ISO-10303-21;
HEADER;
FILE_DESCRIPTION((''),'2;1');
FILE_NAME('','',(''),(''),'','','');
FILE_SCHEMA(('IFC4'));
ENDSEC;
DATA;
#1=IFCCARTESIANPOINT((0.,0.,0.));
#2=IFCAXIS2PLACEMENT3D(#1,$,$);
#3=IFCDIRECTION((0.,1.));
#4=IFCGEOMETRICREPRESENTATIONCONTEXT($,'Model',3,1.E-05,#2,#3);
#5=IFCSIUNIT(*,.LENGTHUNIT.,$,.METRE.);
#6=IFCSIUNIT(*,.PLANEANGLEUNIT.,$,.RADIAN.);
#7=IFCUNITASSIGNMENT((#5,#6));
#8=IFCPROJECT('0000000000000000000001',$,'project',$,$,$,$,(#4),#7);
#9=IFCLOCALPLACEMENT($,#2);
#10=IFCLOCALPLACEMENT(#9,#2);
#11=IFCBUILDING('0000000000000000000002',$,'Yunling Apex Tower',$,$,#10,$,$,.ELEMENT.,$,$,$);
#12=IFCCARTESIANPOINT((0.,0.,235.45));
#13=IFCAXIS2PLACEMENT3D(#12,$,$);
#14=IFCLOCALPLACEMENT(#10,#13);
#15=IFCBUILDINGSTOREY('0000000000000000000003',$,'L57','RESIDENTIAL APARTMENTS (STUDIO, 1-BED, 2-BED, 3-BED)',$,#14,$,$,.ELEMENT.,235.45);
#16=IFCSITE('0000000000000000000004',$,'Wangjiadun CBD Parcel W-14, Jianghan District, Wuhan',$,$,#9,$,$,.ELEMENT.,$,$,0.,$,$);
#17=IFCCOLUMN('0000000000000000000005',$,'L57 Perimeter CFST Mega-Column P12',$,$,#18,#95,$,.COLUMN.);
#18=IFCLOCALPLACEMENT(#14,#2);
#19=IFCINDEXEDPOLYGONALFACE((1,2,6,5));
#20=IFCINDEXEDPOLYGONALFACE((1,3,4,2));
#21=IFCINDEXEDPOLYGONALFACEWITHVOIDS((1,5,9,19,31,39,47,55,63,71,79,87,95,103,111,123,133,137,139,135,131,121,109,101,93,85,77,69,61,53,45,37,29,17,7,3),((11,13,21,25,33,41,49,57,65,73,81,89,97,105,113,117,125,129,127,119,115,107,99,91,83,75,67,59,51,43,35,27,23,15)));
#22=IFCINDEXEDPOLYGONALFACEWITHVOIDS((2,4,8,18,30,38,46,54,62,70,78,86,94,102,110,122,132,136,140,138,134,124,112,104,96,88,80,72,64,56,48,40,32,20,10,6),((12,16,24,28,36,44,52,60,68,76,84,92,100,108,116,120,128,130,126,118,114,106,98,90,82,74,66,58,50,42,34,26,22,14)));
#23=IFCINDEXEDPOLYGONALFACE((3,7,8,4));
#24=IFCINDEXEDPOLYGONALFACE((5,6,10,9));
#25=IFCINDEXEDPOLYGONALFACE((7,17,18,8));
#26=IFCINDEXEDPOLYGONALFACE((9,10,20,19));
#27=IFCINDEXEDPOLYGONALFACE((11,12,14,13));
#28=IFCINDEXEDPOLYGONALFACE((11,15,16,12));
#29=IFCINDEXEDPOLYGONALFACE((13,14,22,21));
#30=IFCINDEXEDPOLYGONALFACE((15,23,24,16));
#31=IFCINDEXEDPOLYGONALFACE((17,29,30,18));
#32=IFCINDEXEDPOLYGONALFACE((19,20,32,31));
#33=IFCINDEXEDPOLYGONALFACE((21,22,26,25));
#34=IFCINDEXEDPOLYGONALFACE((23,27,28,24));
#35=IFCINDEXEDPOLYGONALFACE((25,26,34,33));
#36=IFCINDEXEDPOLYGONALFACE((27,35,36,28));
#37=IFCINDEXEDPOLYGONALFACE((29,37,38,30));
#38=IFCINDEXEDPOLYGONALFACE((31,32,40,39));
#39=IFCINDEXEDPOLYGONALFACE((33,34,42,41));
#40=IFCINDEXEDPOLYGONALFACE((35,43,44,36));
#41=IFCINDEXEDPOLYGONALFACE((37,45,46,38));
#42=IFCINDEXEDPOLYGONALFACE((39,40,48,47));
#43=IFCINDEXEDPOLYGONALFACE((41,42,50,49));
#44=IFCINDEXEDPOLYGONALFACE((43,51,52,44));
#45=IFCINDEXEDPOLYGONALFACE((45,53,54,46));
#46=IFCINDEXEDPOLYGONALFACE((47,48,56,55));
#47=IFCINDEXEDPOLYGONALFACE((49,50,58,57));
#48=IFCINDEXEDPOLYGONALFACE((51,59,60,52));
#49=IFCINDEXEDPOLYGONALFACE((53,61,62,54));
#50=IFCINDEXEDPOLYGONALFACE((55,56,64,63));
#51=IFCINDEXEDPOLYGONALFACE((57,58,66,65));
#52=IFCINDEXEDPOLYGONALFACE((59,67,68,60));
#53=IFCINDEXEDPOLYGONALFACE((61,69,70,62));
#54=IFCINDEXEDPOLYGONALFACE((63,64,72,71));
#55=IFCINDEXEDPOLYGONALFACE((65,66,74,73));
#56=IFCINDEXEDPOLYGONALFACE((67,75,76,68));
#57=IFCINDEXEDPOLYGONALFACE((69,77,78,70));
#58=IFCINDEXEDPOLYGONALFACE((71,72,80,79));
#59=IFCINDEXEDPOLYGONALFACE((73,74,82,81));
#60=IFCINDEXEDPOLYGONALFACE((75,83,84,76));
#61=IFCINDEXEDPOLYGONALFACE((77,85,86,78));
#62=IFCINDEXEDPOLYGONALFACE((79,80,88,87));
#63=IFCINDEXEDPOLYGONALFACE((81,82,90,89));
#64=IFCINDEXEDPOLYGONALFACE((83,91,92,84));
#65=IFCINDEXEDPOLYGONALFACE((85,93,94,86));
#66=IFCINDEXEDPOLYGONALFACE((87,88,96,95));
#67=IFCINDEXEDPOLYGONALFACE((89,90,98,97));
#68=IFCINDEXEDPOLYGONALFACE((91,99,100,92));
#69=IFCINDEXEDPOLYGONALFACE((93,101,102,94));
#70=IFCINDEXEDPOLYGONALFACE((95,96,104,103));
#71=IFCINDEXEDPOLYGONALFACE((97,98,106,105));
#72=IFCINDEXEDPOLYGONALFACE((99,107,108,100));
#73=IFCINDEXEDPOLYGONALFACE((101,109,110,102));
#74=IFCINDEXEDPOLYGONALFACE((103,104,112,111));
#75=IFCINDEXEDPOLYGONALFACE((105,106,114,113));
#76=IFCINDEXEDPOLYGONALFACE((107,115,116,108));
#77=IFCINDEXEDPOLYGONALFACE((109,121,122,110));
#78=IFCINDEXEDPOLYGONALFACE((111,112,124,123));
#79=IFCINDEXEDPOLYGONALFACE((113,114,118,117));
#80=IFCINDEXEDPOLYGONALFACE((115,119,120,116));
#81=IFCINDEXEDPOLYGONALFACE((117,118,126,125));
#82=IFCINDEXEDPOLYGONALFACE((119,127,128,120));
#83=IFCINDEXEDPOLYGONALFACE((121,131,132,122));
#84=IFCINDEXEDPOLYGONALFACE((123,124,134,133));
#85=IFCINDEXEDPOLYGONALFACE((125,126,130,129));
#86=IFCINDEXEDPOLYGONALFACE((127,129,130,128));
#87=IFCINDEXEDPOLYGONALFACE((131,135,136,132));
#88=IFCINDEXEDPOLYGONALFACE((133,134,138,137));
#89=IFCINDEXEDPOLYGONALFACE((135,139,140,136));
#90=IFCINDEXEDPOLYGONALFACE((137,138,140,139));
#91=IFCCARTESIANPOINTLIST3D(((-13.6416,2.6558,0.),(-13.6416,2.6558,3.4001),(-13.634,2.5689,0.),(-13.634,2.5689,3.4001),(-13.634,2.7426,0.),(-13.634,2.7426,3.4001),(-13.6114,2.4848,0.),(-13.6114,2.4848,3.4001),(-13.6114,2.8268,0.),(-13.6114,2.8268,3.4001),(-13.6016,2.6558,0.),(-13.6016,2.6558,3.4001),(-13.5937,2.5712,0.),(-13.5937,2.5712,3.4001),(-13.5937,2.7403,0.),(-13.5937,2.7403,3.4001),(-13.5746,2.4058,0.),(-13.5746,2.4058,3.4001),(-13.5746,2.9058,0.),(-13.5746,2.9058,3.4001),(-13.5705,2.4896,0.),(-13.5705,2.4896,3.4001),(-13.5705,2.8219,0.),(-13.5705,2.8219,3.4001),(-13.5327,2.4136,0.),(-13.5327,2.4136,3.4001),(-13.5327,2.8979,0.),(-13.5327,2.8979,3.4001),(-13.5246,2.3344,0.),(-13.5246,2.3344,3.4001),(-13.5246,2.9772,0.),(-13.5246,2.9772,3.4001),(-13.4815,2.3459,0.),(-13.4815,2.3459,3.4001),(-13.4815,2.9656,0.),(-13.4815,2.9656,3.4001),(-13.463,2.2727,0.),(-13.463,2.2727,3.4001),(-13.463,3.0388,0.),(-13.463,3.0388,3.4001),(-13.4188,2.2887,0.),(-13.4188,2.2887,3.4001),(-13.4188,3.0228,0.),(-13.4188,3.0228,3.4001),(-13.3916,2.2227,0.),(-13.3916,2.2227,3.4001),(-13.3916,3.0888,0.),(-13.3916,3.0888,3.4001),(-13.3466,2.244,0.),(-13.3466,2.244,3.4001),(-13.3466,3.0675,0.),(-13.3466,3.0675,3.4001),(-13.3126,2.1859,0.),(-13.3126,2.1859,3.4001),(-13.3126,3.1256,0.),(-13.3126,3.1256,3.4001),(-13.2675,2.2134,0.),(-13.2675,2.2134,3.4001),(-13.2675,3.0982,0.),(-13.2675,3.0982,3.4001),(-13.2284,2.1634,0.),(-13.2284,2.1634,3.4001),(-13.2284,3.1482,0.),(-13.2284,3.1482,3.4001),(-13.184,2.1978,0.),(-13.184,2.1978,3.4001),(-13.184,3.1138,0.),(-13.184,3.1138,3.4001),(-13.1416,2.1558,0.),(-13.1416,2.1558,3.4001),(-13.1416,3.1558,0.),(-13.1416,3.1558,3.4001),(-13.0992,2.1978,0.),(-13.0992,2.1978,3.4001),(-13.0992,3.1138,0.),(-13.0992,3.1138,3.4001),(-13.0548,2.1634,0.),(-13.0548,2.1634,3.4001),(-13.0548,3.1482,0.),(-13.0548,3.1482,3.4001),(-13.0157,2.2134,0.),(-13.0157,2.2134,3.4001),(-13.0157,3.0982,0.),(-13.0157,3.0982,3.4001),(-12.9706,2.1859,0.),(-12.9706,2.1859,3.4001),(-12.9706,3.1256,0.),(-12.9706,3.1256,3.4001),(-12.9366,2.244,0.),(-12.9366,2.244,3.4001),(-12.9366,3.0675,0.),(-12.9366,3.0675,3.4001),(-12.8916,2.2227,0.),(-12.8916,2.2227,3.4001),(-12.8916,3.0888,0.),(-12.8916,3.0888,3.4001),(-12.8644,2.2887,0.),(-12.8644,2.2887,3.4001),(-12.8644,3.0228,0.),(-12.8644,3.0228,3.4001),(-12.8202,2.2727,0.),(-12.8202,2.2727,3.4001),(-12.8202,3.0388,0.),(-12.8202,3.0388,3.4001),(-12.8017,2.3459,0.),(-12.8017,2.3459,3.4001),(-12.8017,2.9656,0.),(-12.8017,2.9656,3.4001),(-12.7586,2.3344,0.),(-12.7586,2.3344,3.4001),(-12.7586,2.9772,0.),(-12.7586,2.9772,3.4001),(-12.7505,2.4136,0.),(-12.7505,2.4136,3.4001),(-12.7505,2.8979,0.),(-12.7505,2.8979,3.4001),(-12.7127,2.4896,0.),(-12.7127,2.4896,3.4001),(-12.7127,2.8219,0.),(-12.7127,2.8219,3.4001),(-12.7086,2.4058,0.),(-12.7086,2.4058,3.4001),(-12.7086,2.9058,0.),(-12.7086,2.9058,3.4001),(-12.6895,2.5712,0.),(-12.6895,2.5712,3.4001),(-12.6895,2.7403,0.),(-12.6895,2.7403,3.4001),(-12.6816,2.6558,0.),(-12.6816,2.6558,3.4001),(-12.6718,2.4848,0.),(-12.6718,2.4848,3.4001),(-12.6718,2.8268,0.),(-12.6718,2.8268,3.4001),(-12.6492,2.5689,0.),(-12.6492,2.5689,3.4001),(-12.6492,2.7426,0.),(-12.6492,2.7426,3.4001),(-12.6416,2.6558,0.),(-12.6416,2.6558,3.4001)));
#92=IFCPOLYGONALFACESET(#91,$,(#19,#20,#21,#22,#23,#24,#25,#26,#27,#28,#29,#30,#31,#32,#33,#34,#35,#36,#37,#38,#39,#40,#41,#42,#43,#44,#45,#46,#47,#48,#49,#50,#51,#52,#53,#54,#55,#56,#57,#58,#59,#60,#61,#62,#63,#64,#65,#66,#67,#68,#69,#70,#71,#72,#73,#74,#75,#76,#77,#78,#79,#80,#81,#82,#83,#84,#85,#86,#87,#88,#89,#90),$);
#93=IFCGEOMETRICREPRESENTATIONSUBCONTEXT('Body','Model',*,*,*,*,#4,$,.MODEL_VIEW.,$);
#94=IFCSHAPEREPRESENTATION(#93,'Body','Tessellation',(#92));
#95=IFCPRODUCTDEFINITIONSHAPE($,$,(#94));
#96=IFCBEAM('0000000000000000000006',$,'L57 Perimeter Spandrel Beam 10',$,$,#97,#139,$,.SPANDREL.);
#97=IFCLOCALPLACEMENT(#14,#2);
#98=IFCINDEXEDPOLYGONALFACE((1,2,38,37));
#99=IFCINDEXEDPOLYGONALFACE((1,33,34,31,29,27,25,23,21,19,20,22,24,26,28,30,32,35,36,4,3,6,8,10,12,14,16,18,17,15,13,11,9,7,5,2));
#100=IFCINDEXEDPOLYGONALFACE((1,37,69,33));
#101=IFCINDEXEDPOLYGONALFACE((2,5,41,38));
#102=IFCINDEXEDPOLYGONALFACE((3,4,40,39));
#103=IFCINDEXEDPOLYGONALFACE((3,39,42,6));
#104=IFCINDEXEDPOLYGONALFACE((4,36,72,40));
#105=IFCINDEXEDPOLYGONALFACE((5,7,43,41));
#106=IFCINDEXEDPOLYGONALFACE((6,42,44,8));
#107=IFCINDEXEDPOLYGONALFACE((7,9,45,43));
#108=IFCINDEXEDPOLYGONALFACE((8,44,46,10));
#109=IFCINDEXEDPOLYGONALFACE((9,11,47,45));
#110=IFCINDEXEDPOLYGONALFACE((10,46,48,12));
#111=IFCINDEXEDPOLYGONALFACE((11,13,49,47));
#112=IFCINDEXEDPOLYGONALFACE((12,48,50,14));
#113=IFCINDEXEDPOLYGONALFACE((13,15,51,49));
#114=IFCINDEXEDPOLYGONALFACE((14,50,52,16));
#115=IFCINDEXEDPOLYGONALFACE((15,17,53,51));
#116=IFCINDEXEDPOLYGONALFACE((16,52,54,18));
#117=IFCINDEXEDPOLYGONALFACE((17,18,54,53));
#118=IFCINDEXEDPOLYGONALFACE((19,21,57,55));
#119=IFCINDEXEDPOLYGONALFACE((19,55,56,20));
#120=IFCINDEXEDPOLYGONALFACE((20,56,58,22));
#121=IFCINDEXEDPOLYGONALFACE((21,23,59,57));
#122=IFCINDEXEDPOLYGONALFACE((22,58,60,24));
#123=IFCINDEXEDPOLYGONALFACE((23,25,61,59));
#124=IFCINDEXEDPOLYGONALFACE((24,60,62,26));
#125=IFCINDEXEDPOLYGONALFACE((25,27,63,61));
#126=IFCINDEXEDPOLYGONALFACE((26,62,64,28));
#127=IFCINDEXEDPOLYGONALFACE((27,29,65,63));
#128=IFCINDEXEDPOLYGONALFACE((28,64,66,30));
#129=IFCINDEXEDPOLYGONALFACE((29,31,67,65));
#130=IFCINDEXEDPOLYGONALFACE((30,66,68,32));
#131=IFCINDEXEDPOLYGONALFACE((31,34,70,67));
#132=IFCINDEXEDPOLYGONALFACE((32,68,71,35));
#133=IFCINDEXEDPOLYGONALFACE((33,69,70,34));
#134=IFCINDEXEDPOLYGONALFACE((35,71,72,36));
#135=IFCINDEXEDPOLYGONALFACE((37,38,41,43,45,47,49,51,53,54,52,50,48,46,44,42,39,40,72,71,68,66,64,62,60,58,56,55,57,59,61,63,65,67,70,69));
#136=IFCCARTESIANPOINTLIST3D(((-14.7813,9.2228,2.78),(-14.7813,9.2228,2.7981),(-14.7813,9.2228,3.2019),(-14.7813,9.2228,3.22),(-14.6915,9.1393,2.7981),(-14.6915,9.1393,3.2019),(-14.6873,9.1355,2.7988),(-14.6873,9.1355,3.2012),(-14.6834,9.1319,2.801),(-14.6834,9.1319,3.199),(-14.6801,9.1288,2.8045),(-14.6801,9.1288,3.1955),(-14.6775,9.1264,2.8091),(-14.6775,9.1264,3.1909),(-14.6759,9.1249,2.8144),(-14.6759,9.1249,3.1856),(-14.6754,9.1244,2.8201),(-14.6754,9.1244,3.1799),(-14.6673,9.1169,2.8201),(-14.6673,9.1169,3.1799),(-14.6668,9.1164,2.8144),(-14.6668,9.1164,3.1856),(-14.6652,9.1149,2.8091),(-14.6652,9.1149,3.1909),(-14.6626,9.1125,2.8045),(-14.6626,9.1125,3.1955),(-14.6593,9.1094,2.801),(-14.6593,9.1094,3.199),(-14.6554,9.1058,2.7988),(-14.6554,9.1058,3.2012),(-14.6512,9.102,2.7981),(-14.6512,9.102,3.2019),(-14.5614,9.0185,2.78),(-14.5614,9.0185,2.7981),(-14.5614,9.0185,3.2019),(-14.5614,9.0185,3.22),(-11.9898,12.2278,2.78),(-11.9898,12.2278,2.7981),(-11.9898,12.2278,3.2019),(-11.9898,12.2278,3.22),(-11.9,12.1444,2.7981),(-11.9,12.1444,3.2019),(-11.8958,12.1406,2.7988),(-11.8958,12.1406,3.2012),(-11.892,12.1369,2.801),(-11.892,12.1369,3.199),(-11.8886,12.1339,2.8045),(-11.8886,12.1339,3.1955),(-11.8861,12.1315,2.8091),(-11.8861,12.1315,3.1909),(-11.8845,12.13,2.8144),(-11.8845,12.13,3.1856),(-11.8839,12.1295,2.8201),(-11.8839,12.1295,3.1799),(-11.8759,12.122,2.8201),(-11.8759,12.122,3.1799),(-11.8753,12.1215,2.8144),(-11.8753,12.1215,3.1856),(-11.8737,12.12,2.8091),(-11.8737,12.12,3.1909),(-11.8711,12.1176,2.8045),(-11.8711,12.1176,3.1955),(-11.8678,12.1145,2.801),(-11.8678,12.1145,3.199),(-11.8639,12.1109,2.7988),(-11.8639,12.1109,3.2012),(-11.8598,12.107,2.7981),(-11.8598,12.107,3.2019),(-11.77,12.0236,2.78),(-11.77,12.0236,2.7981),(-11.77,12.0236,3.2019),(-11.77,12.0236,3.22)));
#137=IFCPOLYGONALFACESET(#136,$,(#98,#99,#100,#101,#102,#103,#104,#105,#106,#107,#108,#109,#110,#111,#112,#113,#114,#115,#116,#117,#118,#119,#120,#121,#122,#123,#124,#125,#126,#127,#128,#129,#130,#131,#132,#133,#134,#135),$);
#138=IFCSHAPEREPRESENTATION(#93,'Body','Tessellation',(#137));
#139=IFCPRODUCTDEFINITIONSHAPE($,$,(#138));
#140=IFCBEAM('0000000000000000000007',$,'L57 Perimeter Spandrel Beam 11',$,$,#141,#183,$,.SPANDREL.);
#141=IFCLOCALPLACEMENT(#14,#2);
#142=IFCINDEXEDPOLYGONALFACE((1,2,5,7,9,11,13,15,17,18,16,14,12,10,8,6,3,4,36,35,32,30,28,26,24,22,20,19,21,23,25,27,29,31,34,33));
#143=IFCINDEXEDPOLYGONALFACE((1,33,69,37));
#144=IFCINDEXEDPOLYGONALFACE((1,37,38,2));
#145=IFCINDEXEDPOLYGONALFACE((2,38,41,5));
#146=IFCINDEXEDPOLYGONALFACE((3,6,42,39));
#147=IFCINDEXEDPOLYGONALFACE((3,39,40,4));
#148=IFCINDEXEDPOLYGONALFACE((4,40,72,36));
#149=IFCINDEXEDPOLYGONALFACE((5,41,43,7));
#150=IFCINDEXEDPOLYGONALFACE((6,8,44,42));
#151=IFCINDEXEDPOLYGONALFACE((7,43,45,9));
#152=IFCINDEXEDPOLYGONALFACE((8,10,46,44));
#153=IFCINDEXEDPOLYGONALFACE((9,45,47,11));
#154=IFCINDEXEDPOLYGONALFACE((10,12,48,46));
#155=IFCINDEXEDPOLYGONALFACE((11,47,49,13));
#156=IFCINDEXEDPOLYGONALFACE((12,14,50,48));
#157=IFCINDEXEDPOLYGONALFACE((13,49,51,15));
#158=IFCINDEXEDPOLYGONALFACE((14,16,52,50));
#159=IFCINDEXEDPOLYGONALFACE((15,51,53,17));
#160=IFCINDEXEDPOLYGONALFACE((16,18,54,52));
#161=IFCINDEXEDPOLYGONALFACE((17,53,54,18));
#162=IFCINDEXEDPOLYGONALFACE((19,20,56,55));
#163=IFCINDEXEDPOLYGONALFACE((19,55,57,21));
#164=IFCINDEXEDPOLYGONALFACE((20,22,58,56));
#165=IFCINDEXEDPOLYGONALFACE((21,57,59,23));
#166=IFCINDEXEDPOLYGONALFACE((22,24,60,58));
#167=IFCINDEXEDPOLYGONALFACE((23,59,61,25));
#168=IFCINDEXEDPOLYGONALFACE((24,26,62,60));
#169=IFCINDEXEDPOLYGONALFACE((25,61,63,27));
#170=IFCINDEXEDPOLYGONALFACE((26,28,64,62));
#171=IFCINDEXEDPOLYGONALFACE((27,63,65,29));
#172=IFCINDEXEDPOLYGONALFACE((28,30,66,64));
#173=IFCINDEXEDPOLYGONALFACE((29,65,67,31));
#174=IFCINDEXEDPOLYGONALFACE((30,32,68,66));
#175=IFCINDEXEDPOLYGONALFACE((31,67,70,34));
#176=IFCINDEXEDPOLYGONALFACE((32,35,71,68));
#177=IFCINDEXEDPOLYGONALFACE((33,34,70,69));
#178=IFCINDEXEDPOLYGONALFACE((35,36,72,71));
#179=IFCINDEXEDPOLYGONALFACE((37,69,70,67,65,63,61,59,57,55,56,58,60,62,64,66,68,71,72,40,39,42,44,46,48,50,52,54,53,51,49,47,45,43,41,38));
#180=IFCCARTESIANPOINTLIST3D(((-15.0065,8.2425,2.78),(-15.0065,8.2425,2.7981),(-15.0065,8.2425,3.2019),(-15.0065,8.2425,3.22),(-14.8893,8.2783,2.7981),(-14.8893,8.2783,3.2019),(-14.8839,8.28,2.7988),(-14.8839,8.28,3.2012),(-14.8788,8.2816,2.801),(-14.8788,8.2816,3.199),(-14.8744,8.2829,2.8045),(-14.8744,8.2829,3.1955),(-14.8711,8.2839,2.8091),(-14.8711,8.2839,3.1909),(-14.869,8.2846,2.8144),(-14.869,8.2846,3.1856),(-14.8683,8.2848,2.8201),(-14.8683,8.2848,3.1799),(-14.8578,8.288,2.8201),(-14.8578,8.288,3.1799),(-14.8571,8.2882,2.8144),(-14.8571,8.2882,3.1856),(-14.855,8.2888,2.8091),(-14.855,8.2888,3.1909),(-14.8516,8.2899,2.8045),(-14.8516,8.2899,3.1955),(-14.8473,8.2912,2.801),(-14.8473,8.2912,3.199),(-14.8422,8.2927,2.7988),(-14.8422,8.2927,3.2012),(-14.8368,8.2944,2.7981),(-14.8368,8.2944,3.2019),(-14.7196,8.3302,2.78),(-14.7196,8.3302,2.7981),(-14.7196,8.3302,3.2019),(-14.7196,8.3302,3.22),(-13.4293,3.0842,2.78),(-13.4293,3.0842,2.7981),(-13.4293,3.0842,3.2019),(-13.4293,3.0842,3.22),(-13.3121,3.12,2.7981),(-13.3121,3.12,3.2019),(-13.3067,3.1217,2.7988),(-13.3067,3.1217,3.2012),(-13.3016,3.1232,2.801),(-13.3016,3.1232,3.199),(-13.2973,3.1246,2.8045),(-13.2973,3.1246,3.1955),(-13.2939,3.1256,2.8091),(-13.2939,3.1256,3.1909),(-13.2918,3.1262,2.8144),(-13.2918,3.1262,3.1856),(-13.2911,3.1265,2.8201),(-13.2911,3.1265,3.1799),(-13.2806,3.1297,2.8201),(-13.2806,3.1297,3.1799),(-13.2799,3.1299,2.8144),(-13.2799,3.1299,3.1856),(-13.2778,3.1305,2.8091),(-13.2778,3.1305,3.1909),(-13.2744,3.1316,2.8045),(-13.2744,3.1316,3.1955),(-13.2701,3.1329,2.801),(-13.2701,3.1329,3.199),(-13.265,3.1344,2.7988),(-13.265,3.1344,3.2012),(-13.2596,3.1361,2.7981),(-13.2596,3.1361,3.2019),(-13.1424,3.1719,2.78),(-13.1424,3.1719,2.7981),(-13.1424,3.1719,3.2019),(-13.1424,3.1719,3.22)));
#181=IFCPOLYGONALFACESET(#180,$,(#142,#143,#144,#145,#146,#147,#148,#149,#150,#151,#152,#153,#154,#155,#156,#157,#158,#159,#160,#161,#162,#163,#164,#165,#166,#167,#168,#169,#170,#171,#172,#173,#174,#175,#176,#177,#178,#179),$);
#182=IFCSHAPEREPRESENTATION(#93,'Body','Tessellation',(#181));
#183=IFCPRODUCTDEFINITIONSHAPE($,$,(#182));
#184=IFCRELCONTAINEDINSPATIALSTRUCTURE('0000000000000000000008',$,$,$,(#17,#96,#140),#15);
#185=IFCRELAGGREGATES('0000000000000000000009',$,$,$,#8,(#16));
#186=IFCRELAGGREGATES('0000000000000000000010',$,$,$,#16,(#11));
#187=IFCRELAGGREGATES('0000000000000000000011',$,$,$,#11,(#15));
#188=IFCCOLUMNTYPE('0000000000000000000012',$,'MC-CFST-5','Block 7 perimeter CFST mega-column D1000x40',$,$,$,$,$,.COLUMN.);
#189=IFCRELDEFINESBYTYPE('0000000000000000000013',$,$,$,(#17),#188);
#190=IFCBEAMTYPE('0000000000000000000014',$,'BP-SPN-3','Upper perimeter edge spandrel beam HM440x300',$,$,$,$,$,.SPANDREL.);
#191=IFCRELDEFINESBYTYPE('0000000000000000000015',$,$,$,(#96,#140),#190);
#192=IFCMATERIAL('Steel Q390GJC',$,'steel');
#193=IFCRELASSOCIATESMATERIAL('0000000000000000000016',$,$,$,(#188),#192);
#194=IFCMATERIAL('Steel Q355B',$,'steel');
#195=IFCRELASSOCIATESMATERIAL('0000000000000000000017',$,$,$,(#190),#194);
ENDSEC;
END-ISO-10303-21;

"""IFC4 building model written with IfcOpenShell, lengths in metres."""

from ifc_helpers import new_model, si_unit, direction, frame, origin, origin_2d, place, context, subcontext, project, spatial, hollow_circle, i_section, extrude, source, transform, mapped, material, material_profile, profile_set, type_object, element, save


model = new_model("IFC4")

# Units and contexts
model_context = context("Model", 3, precision=1e-05, world=origin(), true_north=direction((0.0, 1.0)))
body_context = subcontext(model_context, "Body", "Model", "MODEL_VIEW")
ifc_project = project(units=[si_unit("LENGTHUNIT", "METRE"), si_unit("PLANEANGLEUNIT", "RADIAN")], contexts=[model_context])

# Site, building, storey
site_placement = place(None, origin())
site = spatial("IfcSite", under=ifc_project, at=site_placement, Name="Wangjiadun CBD Parcel W-14, Jianghan District, Wuhan", CompositionType="ELEMENT", RefElevation=0.0)
building_placement = place(site_placement, origin())
building = spatial("IfcBuilding", under=site, at=building_placement, Name="Yunling Apex Tower", CompositionType="ELEMENT")
storey_placement = place(building_placement, frame((0.0, 0.0, 235.45)))
storey = spatial("IfcBuildingStorey", under=building, at=storey_placement, Name="L57", Description="RESIDENTIAL APARTMENTS (STUDIO, 1-BED, 2-BED, 3-BED)", CompositionType="ELEMENT", Elevation=235.45)

# Column
ifc_material_1 = material(Name="Steel Q390GJC", Category="steel")
ifc_material_profile_1 = material_profile(ifc_material_1, hollow_circle(Radius=0.5, WallThickness=0.04, at=origin_2d()))
ifc_profile_set_1 = profile_set([ifc_material_profile_1], Name="Steel Q390GJC")
column_type = type_object("IfcColumnType", Name="MC-CFST-5", Description="Block 7 perimeter CFST mega-column D1000x40", PredefinedType="COLUMN", material=ifc_profile_set_1)
shared_shape_1 = source(origin(), body_context, "Body", "SweptSolid", [
    extrude(hollow_circle(Radius=0.5, WallThickness=0.04, at=origin_2d()), origin(), (0.0, 0.0, 1.0), 3.4001),
])
for number, where, z_axis, x_axis, name in (
    (1, (-13.1416, 2.6558, 0.0), (0.0, 0.0, 1.0), (1.0, 0.0, 0.0), "L57 Perimeter CFST Mega-Column P12"),
):
    element("IfcColumn", number, at=place(storey_placement, frame(where, z_axis=z_axis, x_axis=x_axis)), inside=storey, type_object=column_type, Name=name, PredefinedType="COLUMN", context=body_context, shape_type="MappedRepresentation", body=[
        mapped(shared_shape_1, transform((0.0, 0.0, 0.0), scale=1.0)),
    ])

# Beams
ifc_material_2 = material(Name="Steel Q355B", Category="steel")
ifc_material_profile_2 = material_profile(ifc_material_2, i_section(OverallWidth=0.3, OverallDepth=0.4399, WebThickness=0.011, FlangeThickness=0.0181, FilletRadius=0.022, at=origin_2d()))
ifc_profile_set_2 = profile_set([ifc_material_profile_2], Name="Steel Q355B")
beam_type_1 = type_object("IfcBeamType", Name="BP-SPN-3", Description="Upper perimeter edge spandrel beam HM440x300", PredefinedType="SPANDREL", material=ifc_profile_set_2)
shared_shape_2 = source(origin(), body_context, "Body", "SweptSolid", [
    extrude(i_section(OverallWidth=0.3, OverallDepth=0.4399, WebThickness=0.011, FlangeThickness=0.0181, FilletRadius=0.022, at=origin_2d()), origin(), (0.0, 0.0, 1.0), 4.1016),
])
beam_1_placement = place(storey_placement, frame((-11.8799, 12.1257, 3.0), z_axis=(-0.680586, -0.732668, 0.0), x_axis=(0.732668, -0.680586, 0.0)))
element("IfcBeam", 2, at=beam_1_placement, inside=storey, type_object=beam_type_1, Name="L57 Perimeter Spandrel Beam 10", PredefinedType="SPANDREL", context=body_context, shape_type="MappedRepresentation", body=[
    mapped(shared_shape_2, transform((0.0, 0.0, 0.0), scale=1.0)),
])
shared_shape_3 = source(origin(), body_context, "Body", "SweptSolid", [
    extrude(i_section(OverallWidth=0.3, OverallDepth=0.4399, WebThickness=0.011, FlangeThickness=0.0181, FilletRadius=0.022, at=origin_2d()), origin(), (0.0, 0.0, 1.0), 5.394),
])
for number, where, z_axis, x_axis, name in (
    (3, (-14.863, 8.2864, 3.0), (0.292393, -0.956298, 0.0), (0.956298, 0.292393, 0.0), "L57 Perimeter Spandrel Beam 11"),
):
    element("IfcBeam", number, at=place(storey_placement, frame(where, z_axis=z_axis, x_axis=x_axis)), inside=storey, type_object=beam_type_1, Name=name, PredefinedType="SPANDREL", context=body_context, shape_type="MappedRepresentation", body=[
        mapped(shared_shape_3, transform((0.0, 0.0, 0.0), scale=1.0)),
    ])

save(model, "model.ifc")
